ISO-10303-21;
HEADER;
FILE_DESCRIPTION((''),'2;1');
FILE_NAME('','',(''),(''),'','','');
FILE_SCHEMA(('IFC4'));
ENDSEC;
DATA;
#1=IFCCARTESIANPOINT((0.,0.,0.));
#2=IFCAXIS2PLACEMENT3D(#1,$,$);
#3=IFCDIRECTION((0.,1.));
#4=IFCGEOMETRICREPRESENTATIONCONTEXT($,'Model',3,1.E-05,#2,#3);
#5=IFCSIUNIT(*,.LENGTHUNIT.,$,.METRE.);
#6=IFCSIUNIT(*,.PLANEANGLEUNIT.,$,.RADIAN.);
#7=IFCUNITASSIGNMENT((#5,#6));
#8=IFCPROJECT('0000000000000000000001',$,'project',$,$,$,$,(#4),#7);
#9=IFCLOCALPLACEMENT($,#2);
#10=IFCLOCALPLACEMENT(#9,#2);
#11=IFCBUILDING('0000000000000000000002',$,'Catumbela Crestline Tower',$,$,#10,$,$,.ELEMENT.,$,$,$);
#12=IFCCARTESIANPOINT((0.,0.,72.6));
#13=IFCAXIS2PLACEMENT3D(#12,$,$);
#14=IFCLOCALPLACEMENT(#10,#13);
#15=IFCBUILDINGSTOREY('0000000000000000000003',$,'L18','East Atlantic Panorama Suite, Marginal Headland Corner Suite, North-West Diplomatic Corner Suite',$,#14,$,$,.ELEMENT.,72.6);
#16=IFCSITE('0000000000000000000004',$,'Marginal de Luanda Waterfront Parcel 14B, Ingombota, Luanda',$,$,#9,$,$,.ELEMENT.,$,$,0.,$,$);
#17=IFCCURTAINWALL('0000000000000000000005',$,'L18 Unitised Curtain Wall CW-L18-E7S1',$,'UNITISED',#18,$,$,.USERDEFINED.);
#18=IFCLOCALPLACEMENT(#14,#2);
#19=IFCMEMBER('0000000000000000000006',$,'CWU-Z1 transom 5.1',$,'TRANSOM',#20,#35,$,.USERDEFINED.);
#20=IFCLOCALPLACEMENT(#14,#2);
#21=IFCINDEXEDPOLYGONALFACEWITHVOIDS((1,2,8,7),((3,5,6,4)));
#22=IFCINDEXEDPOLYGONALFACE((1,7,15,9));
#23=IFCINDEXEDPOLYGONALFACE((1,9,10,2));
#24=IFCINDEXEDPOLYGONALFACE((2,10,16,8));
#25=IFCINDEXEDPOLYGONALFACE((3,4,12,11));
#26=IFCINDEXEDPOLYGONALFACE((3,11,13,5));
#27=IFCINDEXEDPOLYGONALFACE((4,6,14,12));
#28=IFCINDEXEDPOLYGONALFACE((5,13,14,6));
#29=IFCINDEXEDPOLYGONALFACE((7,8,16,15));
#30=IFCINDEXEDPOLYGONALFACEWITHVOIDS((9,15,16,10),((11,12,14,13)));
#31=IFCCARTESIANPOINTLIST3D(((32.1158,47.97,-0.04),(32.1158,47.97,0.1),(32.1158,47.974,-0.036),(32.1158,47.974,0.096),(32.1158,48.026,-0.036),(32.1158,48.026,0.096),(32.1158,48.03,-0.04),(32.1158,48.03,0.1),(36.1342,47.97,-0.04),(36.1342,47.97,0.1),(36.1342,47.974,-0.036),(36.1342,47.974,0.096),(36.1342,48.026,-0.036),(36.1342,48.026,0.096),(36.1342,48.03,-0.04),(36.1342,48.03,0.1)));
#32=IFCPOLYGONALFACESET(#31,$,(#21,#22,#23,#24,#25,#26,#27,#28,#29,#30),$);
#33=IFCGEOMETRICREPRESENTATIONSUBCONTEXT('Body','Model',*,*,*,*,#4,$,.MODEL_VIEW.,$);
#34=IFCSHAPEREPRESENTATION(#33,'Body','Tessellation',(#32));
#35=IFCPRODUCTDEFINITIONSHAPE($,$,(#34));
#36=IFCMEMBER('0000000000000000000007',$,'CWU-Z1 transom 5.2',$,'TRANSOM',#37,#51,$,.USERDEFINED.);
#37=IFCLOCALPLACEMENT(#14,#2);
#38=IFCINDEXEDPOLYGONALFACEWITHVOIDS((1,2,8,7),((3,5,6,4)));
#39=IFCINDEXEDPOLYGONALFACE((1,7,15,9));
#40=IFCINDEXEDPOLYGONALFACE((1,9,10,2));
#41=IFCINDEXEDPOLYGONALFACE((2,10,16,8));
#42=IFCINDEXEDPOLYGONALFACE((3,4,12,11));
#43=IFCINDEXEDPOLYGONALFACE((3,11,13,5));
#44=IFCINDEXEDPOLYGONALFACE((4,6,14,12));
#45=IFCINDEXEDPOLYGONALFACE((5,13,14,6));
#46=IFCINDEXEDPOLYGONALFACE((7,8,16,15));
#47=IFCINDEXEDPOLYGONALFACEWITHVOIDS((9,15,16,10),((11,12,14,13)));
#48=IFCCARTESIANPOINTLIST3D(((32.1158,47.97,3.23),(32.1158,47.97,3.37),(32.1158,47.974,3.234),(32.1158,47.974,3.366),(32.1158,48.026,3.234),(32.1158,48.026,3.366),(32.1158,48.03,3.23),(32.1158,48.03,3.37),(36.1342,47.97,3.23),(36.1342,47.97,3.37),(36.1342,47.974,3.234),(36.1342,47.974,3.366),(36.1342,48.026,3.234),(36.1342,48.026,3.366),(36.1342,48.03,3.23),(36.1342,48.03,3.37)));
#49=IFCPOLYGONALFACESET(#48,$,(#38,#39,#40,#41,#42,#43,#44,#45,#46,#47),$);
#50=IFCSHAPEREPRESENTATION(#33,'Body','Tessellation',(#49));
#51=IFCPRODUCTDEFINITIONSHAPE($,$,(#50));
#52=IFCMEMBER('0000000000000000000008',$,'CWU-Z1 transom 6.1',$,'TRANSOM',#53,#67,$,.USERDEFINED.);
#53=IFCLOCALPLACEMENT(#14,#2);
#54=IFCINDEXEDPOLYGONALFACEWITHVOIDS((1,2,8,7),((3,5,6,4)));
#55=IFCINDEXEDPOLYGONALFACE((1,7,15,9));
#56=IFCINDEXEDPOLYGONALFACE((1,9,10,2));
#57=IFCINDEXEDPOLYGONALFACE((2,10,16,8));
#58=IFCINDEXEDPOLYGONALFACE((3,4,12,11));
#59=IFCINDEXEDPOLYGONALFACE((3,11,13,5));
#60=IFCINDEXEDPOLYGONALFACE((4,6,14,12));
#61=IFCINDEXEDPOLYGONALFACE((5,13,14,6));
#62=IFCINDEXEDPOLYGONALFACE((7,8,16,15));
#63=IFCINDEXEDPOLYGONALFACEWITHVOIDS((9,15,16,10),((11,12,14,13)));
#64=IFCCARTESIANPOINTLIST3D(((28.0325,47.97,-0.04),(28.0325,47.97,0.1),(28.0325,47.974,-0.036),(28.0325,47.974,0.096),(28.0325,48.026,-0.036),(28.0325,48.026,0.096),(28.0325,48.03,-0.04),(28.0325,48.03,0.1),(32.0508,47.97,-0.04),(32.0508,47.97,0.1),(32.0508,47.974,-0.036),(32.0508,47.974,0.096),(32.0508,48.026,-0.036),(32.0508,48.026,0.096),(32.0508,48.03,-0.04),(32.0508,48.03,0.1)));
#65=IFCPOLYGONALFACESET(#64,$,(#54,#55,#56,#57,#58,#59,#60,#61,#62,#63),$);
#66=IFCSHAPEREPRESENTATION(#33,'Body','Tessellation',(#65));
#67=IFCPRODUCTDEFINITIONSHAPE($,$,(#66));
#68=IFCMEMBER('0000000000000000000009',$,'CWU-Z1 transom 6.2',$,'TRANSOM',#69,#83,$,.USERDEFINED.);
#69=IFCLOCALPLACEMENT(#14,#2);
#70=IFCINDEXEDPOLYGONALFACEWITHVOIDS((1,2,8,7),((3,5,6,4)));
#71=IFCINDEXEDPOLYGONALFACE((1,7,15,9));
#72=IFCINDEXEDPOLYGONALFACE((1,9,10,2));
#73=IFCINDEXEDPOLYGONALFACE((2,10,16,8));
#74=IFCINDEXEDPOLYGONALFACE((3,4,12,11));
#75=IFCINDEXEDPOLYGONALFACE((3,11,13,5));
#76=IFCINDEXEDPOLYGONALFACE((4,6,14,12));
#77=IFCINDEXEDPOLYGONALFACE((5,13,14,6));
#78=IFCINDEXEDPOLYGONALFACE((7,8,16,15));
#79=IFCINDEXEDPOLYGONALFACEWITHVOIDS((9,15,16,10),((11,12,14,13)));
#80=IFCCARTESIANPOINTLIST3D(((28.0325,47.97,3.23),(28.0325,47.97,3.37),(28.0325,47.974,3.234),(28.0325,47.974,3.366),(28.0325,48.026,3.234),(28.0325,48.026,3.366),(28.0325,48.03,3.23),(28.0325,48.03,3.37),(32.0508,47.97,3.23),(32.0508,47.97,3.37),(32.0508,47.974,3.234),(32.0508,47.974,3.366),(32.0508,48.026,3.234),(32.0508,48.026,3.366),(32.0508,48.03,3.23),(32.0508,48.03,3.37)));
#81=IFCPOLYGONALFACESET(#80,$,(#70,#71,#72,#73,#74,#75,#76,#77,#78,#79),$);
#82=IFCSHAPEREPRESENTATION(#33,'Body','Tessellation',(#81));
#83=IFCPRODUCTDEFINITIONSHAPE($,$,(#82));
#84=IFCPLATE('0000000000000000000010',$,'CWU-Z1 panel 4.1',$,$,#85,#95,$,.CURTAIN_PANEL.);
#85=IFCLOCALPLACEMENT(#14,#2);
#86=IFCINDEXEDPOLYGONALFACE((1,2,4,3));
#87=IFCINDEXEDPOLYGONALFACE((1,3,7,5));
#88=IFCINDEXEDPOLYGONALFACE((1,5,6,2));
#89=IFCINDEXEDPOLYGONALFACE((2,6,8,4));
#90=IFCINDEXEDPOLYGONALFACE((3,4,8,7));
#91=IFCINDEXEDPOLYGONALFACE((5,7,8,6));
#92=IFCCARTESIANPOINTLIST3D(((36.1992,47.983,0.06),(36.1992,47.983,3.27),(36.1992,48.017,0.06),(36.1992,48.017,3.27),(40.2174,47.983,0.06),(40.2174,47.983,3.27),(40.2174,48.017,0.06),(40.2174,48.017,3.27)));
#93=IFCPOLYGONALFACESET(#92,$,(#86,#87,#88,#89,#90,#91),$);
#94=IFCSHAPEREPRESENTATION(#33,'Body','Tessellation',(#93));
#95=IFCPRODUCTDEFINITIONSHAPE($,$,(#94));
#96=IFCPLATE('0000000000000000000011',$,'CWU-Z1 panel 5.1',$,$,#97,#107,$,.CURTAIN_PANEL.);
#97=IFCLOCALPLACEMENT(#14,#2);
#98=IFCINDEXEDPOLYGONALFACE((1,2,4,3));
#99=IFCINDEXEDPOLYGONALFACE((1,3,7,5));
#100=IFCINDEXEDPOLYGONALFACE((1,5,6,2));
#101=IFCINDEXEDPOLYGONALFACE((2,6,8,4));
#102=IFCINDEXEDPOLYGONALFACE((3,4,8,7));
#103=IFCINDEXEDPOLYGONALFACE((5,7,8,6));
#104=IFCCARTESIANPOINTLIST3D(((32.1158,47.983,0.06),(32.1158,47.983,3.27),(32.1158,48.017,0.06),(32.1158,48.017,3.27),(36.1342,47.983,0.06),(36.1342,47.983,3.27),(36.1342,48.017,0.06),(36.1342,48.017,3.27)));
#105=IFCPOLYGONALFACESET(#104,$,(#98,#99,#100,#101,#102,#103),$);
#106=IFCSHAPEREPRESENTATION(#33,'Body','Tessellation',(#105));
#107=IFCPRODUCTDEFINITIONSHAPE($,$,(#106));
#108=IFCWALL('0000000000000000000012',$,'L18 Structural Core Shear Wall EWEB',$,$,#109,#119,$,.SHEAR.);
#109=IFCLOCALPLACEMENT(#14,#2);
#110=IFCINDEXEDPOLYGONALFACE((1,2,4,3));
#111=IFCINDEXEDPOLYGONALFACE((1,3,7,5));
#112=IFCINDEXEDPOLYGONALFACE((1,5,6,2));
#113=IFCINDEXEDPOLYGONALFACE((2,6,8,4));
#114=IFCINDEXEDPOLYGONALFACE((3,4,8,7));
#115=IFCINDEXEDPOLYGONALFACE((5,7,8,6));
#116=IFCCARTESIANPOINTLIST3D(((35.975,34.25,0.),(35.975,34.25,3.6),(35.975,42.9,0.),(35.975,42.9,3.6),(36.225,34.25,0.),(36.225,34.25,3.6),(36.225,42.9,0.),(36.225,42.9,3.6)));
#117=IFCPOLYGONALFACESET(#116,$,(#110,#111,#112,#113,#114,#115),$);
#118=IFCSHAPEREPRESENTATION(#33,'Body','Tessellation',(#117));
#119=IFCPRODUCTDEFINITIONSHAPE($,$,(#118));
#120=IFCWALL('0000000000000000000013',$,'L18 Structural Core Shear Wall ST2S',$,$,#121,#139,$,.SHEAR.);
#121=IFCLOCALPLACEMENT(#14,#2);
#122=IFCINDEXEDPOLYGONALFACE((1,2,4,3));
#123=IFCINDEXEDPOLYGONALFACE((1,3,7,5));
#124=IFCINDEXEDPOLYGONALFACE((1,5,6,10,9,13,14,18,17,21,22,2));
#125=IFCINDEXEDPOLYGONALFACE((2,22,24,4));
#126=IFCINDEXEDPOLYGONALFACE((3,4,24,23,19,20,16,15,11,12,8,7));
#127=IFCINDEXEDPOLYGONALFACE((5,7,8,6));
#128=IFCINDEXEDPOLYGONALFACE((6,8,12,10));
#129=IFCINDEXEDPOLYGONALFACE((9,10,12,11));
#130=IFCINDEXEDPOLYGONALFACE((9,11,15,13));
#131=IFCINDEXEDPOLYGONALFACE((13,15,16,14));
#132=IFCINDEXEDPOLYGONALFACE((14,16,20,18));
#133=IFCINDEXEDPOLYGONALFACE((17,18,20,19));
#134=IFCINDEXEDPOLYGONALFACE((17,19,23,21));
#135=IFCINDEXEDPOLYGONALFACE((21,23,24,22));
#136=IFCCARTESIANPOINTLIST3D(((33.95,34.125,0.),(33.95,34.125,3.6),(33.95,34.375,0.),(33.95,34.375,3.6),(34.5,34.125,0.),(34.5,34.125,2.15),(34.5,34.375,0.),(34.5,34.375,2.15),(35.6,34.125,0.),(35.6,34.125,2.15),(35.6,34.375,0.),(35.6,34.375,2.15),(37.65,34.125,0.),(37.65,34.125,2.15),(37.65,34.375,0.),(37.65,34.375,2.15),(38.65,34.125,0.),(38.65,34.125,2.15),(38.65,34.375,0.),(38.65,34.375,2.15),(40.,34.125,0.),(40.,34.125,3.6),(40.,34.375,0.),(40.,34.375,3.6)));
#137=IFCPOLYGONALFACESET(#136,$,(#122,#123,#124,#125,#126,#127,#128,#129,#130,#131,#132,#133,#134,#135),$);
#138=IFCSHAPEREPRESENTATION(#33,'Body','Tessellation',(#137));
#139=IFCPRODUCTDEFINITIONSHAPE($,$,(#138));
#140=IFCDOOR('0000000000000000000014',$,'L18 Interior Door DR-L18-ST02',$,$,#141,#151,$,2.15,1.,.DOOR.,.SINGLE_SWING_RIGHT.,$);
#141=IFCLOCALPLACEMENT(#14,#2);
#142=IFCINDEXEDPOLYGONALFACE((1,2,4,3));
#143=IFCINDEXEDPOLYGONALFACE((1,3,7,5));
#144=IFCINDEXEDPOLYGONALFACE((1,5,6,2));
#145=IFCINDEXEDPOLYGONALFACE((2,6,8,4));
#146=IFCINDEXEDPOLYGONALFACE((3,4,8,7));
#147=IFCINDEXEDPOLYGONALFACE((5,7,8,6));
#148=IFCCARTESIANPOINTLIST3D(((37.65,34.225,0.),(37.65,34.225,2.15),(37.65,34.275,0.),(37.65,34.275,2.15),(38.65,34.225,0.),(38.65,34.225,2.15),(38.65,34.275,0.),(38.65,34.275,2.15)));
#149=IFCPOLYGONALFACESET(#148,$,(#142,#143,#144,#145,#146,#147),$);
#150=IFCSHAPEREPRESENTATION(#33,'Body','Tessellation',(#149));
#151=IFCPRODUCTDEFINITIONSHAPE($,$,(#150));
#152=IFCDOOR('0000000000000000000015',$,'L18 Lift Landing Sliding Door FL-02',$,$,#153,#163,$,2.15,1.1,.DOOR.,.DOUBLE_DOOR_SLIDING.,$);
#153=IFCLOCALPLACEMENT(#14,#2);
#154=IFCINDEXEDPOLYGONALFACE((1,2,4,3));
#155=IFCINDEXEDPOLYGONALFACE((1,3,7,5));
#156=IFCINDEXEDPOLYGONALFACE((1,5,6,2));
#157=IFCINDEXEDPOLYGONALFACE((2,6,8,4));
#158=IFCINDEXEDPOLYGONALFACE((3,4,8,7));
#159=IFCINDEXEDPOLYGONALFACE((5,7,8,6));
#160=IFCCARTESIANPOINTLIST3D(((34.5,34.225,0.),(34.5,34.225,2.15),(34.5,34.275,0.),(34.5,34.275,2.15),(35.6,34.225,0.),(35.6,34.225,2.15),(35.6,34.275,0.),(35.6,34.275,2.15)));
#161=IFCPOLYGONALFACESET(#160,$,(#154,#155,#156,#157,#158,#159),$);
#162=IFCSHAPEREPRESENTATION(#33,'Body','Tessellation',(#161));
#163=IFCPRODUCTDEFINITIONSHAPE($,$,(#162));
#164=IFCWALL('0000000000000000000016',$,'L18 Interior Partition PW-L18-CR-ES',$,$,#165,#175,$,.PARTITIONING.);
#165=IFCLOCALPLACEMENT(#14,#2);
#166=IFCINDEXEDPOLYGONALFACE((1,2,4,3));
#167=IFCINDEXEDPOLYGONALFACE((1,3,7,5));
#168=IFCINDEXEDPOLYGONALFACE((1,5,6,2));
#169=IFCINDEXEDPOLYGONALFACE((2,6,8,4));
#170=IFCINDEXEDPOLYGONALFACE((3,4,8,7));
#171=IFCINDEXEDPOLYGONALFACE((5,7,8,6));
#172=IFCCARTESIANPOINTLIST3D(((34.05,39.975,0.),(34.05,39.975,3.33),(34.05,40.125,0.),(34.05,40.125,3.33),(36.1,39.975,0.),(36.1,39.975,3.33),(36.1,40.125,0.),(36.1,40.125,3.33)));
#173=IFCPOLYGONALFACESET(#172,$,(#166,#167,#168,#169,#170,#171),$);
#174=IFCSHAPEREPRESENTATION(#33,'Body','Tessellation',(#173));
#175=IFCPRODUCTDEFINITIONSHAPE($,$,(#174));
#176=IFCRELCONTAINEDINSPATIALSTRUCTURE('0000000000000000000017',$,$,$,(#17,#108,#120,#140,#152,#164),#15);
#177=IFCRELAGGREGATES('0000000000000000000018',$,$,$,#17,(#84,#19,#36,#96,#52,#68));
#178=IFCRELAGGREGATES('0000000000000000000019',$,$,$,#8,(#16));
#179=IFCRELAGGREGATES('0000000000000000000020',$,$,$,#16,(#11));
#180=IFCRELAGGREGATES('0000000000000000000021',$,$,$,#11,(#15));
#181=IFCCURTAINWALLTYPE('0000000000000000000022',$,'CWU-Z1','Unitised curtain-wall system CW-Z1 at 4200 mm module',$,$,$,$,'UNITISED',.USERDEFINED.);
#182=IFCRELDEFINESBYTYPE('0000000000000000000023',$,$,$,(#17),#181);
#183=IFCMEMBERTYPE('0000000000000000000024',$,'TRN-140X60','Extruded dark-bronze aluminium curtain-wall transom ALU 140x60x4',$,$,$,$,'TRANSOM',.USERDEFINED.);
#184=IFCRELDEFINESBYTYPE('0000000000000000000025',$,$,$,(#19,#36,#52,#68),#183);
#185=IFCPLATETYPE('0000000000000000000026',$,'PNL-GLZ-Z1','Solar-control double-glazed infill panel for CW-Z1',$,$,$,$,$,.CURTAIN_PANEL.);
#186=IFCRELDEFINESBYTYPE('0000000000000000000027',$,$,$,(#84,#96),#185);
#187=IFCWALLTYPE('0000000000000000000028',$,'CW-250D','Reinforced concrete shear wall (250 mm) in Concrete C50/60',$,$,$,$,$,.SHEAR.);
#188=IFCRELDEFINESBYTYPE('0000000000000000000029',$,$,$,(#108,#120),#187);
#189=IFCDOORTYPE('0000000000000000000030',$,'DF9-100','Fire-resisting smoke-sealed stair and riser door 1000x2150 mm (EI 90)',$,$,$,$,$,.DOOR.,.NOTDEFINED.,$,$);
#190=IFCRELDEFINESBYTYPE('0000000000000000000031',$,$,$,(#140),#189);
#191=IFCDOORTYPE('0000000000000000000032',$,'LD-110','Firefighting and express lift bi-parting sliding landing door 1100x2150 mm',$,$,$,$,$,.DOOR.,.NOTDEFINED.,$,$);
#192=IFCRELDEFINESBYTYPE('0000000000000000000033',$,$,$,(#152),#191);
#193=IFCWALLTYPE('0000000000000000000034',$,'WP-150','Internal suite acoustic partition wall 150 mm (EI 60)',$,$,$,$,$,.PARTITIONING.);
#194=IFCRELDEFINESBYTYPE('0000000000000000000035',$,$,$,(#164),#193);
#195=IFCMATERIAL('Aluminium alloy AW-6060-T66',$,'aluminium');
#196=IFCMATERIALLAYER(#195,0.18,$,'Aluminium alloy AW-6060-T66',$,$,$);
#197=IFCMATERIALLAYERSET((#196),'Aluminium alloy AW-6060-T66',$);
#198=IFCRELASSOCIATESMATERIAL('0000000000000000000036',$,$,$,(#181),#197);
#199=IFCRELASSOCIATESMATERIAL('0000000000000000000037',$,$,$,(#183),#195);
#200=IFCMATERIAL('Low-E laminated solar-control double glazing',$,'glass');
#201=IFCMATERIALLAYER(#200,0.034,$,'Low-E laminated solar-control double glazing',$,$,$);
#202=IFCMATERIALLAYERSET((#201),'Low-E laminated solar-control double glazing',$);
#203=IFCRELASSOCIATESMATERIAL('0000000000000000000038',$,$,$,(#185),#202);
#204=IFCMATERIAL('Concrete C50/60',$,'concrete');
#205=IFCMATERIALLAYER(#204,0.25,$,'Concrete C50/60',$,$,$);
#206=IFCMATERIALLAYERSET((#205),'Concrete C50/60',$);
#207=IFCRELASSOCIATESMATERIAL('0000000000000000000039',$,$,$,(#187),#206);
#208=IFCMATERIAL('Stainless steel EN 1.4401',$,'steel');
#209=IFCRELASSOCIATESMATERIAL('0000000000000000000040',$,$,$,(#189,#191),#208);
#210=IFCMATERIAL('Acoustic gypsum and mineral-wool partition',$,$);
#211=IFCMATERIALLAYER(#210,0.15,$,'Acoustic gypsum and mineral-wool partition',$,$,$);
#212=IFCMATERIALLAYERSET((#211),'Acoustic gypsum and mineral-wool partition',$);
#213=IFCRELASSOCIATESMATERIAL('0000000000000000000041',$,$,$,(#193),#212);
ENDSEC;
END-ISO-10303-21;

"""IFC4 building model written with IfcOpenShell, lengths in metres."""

from ifc_helpers import new_model, si_unit, direction, frame, frame_2d, origin, origin_2d, place, context, subcontext, project, spatial, rectangle, hollow_rectangle, extrude, material, layer, layer_set, material_profile, profile_set, type_object, element, fill, aggregate, save


model = new_model("IFC4")

# Units and contexts
model_context = context("Model", 3, precision=1e-05, world=origin(), true_north=direction((0.0, 1.0)))
body_context = subcontext(model_context, "Body", "Model", "MODEL_VIEW")
ifc_project = project(units=[si_unit("LENGTHUNIT", "METRE"), si_unit("PLANEANGLEUNIT", "RADIAN")], contexts=[model_context])

# Site, building, storey
site_placement = place(None, origin())
site = spatial("IfcSite", under=ifc_project, at=site_placement, Name="Marginal de Luanda Waterfront Parcel 14B, Ingombota, Luanda", CompositionType="ELEMENT", RefElevation=0.0)
building_placement = place(site_placement, origin())
building = spatial("IfcBuilding", under=site, at=building_placement, Name="Catumbela Crestline Tower", CompositionType="ELEMENT")
storey_placement = place(building_placement, frame((0.0, 0.0, 72.6)))
storey = spatial("IfcBuildingStorey", under=building, at=storey_placement, Name="L18", Description="East Atlantic Panorama Suite, Marginal Headland Corner Suite, North-West Diplomatic Corner Suite", CompositionType="ELEMENT", Elevation=72.6)

# Curtain wall
ifc_material_1 = material(Name="Aluminium alloy AW-6060-T66", Category="aluminium")
ifc_layer_1 = layer(ifc_material_1, 0.18, Name="Aluminium alloy AW-6060-T66")
ifc_layer_set_1 = layer_set([ifc_layer_1], Name="Aluminium alloy AW-6060-T66")
curtain_wall_type = type_object("IfcCurtainWallType", Name="CWU-Z1", Description="Unitised curtain-wall system CW-Z1 at 4200 mm module", ElementType="UNITISED", PredefinedType="USERDEFINED", material=ifc_layer_set_1)
curtain_wall_placement = place(storey_placement, origin())
curtain_wall = element("IfcCurtainWall", 1, at=curtain_wall_placement, inside=storey, type_object=curtain_wall_type, Name="L18 Unitised Curtain Wall CW-L18-E7S1", ObjectType="UNITISED", PredefinedType="USERDEFINED")

# Members
ifc_material_profile_1 = material_profile(ifc_material_1, hollow_rectangle(XDim=0.06, YDim=0.14, WallThickness=0.004, at=origin_2d()), Name="ALU 140x60x4")
ifc_profile_set_1 = profile_set([ifc_material_profile_1], Name="Aluminium alloy AW-6060-T66")
member_type_1 = type_object("IfcMemberType", Name="TRN-140X60", Description="Extruded dark-bronze aluminium curtain-wall transom ALU 140x60x4", ElementType="TRANSOM", PredefinedType="USERDEFINED", material=ifc_profile_set_1)
member_1_placement = place(storey_placement, frame((36.1342, 48.0, 0.03), z_axis=(-1.0, 0.0, 0.0), x_axis=(0.0, -1.0, 0.0)))
member_1 = element("IfcMember", 2, at=member_1_placement, type_object=member_type_1, Name="CWU-Z1 transom 5.1", ObjectType="TRANSOM", PredefinedType="USERDEFINED", context=body_context, shape_type="SweptSolid", body=[
    extrude(hollow_rectangle(XDim=0.06, YDim=0.14, WallThickness=0.004, at=origin_2d()), origin(), (0.0, 0.0, 1.0), 4.0184),
])
member_2_placement = place(storey_placement, frame((36.1342, 48.0, 3.3), z_axis=(-1.0, 0.0, 0.0), x_axis=(0.0, -1.0, 0.0)))
member_2 = element("IfcMember", 3, at=member_2_placement, type_object=member_type_1, Name="CWU-Z1 transom 5.2", ObjectType="TRANSOM", PredefinedType="USERDEFINED", context=body_context, shape_type="SweptSolid", body=[
    extrude(hollow_rectangle(XDim=0.06, YDim=0.14, WallThickness=0.004, at=origin_2d()), origin(), (0.0, 0.0, 1.0), 4.0184),
])
member_3_placement = place(storey_placement, frame((32.0508, 48.0, 0.03), z_axis=(-1.0, 0.0, 0.0), x_axis=(0.0, -1.0, 0.0)))
member_3 = element("IfcMember", 4, at=member_3_placement, type_object=member_type_1, Name="CWU-Z1 transom 6.1", ObjectType="TRANSOM", PredefinedType="USERDEFINED", context=body_context, shape_type="SweptSolid", body=[
    extrude(hollow_rectangle(XDim=0.06, YDim=0.14, WallThickness=0.004, at=origin_2d()), origin(), (0.0, 0.0, 1.0), 4.0183),
])
member_4_placement = place(storey_placement, frame((32.0508, 48.0, 3.3), z_axis=(-1.0, 0.0, 0.0), x_axis=(0.0, -1.0, 0.0)))
member_4 = element("IfcMember", 5, at=member_4_placement, type_object=member_type_1, Name="CWU-Z1 transom 6.2", ObjectType="TRANSOM", PredefinedType="USERDEFINED", context=body_context, shape_type="SweptSolid", body=[
    extrude(hollow_rectangle(XDim=0.06, YDim=0.14, WallThickness=0.004, at=origin_2d()), origin(), (0.0, 0.0, 1.0), 4.0183),
])

# Plates
ifc_material_2 = material(Name="Low-E laminated solar-control double glazing", Category="glass")
ifc_layer_2 = layer(ifc_material_2, 0.034, Name="Low-E laminated solar-control double glazing")
ifc_layer_set_2 = layer_set([ifc_layer_2], Name="Low-E laminated solar-control double glazing")
plate_type = type_object("IfcPlateType", Name="PNL-GLZ-Z1", Description="Solar-control double-glazed infill panel for CW-Z1", PredefinedType="CURTAIN_PANEL", material=ifc_layer_set_2)
plate_1_placement = place(storey_placement, frame((38.2083, 48.0, 0.06), z_axis=(0.0, 0.0, 1.0), x_axis=(-1.0, 0.0, 0.0)))
plate_1 = element("IfcPlate", 6, at=plate_1_placement, type_object=plate_type, Name="CWU-Z1 panel 4.1", PredefinedType="CURTAIN_PANEL", context=body_context, shape_type="SweptSolid", body=[
    extrude(rectangle(XDim=4.0183, YDim=0.034, at=origin_2d()), origin(), (0.0, 0.0, 1.0), 3.21),
])
plate_2_placement = place(storey_placement, frame((34.125, 48.0, 0.06), z_axis=(0.0, 0.0, 1.0), x_axis=(-1.0, 0.0, 0.0)))
plate_2 = element("IfcPlate", 7, at=plate_2_placement, type_object=plate_type, Name="CWU-Z1 panel 5.1", PredefinedType="CURTAIN_PANEL", context=body_context, shape_type="SweptSolid", body=[
    extrude(rectangle(XDim=4.0183, YDim=0.034, at=origin_2d()), origin(), (0.0, 0.0, 1.0), 3.21),
])
aggregate(curtain_wall, [plate_1, member_1, member_2, plate_2, member_3, member_4])

# Wall
ifc_material_3 = material(Name="Concrete C50/60", Category="concrete")
ifc_layer_3 = layer(ifc_material_3, 0.25, Name="Concrete C50/60")
ifc_layer_set_3 = layer_set([ifc_layer_3], Name="Concrete C50/60")
wall_type_1 = type_object("IfcWallType", Name="CW-250D", Description="Reinforced concrete shear wall (250 mm) in Concrete C50/60", PredefinedType="SHEAR", material=ifc_layer_set_3)
wall_1_placement = place(storey_placement, frame((36.1, 34.25, 0.0), z_axis=(0.0, 0.0, 1.0), x_axis=(0.0, 1.0, 0.0)))
element("IfcWall", 8, at=wall_1_placement, inside=storey, type_object=wall_type_1, Name="L18 Structural Core Shear Wall EWEB", PredefinedType="SHEAR", context=body_context, shape_type="SweptSolid", body=[
    extrude(rectangle(XDim=8.65, YDim=0.25, at=frame_2d((4.325, 0.0))), origin(), (0.0, 0.0, 1.0), 3.6),
])

# Wall, openings, doors
wall_2_placement = place(storey_placement, frame((33.95, 34.25, 0.0), z_axis=(0.0, 0.0, 1.0), x_axis=(1.0, 0.0, 0.0)))
wall_2 = element("IfcWall", 9, at=wall_2_placement, inside=storey, type_object=wall_type_1, Name="L18 Structural Core Shear Wall ST2S", PredefinedType="SHEAR", context=body_context, shape_type="SweptSolid", body=[
    extrude(rectangle(XDim=6.05, YDim=0.25, at=frame_2d((3.025, 0.0))), origin(), (0.0, 0.0, 1.0), 3.6),
])
opening_1_placement = place(wall_2_placement, frame((3.7, 0.0, 0.0)))
opening_1 = element("IfcOpeningElement", 10, at=opening_1_placement, cuts=wall_2, PredefinedType="OPENING", context=body_context, shape_type="SweptSolid", body=[
    extrude(rectangle(XDim=1.0, YDim=2.15, at=frame_2d((0.5, 1.075))), frame((0.0, 0.135, 0.0), z_axis=(0.0, -1.0, 0.0), x_axis=(1.0, 0.0, 0.0)), (0.0, 0.0, 1.0), 0.27),
])
opening_2_placement = place(wall_2_placement, frame((0.55, 0.0, 0.0)))
opening_2 = element("IfcOpeningElement", 11, at=opening_2_placement, cuts=wall_2, PredefinedType="OPENING", context=body_context, shape_type="SweptSolid", body=[
    extrude(rectangle(XDim=1.1, YDim=2.15, at=frame_2d((0.55, 1.075))), frame((0.0, 0.135, 0.0), z_axis=(0.0, -1.0, 0.0), x_axis=(1.0, 0.0, 0.0)), (0.0, 0.0, 1.0), 0.27),
])
ifc_material_4 = material(Name="Stainless steel EN 1.4401", Category="steel")
door_type_1 = type_object("IfcDoorType", Name="DF9-100", Description="Fire-resisting smoke-sealed stair and riser door 1000x2150 mm (EI 90)", OperationType="NOTDEFINED", PredefinedType="DOOR", material=ifc_material_4)
door_1_placement = place(opening_1_placement, origin())
door_1 = element("IfcDoor", 12, at=door_1_placement, inside=storey, type_object=door_type_1, Name="L18 Interior Door DR-L18-ST02", OperationType="SINGLE_SWING_RIGHT", OverallHeight=2.15, OverallWidth=1.0, PredefinedType="DOOR", context=body_context, shape_type="SweptSolid", body=[
    extrude(rectangle(XDim=1.0, YDim=2.15, at=frame_2d((0.5, 1.075))), frame((0.0, 0.025, 0.0), z_axis=(0.0, -1.0, 0.0), x_axis=(1.0, 0.0, 0.0)), (0.0, 0.0, 1.0), 0.05),
])
fill(opening_1, door_1)
door_type_2 = type_object("IfcDoorType", Name="LD-110", Description="Firefighting and express lift bi-parting sliding landing door 1100x2150 mm", OperationType="NOTDEFINED", PredefinedType="DOOR", material=ifc_material_4)
door_2_placement = place(opening_2_placement, origin())
door_2 = element("IfcDoor", 13, at=door_2_placement, inside=storey, type_object=door_type_2, Name="L18 Lift Landing Sliding Door FL-02", OperationType="DOUBLE_DOOR_SLIDING", OverallHeight=2.15, OverallWidth=1.1, PredefinedType="DOOR", context=body_context, shape_type="SweptSolid", body=[
    extrude(rectangle(XDim=1.1, YDim=2.15, at=frame_2d((0.55, 1.075))), frame((0.0, 0.025, 0.0), z_axis=(0.0, -1.0, 0.0), x_axis=(1.0, 0.0, 0.0)), (0.0, 0.0, 1.0), 0.05),
])
fill(opening_2, door_2)

# Wall
ifc_material_5 = material(Name="Acoustic gypsum and mineral-wool partition")
ifc_layer_4 = layer(ifc_material_5, 0.15, Name="Acoustic gypsum and mineral-wool partition")
ifc_layer_set_4 = layer_set([ifc_layer_4], Name="Acoustic gypsum and mineral-wool partition")
wall_type_2 = type_object("IfcWallType", Name="WP-150", Description="Internal suite acoustic partition wall 150 mm (EI 60)", PredefinedType="PARTITIONING", material=ifc_layer_set_4)
wall_3_placement = place(storey_placement, frame((34.05, 40.05, 0.0), z_axis=(0.0, 0.0, 1.0), x_axis=(1.0, 0.0, 0.0)))
element("IfcWall", 14, at=wall_3_placement, inside=storey, type_object=wall_type_2, Name="L18 Interior Partition PW-L18-CR-ES", PredefinedType="PARTITIONING", context=body_context, shape_type="SweptSolid", body=[
    extrude(rectangle(XDim=2.05, YDim=0.15, at=frame_2d((1.025, 0.0))), origin(), (0.0, 0.0, 1.0), 3.33),
])

save(model, "model.ifc")
